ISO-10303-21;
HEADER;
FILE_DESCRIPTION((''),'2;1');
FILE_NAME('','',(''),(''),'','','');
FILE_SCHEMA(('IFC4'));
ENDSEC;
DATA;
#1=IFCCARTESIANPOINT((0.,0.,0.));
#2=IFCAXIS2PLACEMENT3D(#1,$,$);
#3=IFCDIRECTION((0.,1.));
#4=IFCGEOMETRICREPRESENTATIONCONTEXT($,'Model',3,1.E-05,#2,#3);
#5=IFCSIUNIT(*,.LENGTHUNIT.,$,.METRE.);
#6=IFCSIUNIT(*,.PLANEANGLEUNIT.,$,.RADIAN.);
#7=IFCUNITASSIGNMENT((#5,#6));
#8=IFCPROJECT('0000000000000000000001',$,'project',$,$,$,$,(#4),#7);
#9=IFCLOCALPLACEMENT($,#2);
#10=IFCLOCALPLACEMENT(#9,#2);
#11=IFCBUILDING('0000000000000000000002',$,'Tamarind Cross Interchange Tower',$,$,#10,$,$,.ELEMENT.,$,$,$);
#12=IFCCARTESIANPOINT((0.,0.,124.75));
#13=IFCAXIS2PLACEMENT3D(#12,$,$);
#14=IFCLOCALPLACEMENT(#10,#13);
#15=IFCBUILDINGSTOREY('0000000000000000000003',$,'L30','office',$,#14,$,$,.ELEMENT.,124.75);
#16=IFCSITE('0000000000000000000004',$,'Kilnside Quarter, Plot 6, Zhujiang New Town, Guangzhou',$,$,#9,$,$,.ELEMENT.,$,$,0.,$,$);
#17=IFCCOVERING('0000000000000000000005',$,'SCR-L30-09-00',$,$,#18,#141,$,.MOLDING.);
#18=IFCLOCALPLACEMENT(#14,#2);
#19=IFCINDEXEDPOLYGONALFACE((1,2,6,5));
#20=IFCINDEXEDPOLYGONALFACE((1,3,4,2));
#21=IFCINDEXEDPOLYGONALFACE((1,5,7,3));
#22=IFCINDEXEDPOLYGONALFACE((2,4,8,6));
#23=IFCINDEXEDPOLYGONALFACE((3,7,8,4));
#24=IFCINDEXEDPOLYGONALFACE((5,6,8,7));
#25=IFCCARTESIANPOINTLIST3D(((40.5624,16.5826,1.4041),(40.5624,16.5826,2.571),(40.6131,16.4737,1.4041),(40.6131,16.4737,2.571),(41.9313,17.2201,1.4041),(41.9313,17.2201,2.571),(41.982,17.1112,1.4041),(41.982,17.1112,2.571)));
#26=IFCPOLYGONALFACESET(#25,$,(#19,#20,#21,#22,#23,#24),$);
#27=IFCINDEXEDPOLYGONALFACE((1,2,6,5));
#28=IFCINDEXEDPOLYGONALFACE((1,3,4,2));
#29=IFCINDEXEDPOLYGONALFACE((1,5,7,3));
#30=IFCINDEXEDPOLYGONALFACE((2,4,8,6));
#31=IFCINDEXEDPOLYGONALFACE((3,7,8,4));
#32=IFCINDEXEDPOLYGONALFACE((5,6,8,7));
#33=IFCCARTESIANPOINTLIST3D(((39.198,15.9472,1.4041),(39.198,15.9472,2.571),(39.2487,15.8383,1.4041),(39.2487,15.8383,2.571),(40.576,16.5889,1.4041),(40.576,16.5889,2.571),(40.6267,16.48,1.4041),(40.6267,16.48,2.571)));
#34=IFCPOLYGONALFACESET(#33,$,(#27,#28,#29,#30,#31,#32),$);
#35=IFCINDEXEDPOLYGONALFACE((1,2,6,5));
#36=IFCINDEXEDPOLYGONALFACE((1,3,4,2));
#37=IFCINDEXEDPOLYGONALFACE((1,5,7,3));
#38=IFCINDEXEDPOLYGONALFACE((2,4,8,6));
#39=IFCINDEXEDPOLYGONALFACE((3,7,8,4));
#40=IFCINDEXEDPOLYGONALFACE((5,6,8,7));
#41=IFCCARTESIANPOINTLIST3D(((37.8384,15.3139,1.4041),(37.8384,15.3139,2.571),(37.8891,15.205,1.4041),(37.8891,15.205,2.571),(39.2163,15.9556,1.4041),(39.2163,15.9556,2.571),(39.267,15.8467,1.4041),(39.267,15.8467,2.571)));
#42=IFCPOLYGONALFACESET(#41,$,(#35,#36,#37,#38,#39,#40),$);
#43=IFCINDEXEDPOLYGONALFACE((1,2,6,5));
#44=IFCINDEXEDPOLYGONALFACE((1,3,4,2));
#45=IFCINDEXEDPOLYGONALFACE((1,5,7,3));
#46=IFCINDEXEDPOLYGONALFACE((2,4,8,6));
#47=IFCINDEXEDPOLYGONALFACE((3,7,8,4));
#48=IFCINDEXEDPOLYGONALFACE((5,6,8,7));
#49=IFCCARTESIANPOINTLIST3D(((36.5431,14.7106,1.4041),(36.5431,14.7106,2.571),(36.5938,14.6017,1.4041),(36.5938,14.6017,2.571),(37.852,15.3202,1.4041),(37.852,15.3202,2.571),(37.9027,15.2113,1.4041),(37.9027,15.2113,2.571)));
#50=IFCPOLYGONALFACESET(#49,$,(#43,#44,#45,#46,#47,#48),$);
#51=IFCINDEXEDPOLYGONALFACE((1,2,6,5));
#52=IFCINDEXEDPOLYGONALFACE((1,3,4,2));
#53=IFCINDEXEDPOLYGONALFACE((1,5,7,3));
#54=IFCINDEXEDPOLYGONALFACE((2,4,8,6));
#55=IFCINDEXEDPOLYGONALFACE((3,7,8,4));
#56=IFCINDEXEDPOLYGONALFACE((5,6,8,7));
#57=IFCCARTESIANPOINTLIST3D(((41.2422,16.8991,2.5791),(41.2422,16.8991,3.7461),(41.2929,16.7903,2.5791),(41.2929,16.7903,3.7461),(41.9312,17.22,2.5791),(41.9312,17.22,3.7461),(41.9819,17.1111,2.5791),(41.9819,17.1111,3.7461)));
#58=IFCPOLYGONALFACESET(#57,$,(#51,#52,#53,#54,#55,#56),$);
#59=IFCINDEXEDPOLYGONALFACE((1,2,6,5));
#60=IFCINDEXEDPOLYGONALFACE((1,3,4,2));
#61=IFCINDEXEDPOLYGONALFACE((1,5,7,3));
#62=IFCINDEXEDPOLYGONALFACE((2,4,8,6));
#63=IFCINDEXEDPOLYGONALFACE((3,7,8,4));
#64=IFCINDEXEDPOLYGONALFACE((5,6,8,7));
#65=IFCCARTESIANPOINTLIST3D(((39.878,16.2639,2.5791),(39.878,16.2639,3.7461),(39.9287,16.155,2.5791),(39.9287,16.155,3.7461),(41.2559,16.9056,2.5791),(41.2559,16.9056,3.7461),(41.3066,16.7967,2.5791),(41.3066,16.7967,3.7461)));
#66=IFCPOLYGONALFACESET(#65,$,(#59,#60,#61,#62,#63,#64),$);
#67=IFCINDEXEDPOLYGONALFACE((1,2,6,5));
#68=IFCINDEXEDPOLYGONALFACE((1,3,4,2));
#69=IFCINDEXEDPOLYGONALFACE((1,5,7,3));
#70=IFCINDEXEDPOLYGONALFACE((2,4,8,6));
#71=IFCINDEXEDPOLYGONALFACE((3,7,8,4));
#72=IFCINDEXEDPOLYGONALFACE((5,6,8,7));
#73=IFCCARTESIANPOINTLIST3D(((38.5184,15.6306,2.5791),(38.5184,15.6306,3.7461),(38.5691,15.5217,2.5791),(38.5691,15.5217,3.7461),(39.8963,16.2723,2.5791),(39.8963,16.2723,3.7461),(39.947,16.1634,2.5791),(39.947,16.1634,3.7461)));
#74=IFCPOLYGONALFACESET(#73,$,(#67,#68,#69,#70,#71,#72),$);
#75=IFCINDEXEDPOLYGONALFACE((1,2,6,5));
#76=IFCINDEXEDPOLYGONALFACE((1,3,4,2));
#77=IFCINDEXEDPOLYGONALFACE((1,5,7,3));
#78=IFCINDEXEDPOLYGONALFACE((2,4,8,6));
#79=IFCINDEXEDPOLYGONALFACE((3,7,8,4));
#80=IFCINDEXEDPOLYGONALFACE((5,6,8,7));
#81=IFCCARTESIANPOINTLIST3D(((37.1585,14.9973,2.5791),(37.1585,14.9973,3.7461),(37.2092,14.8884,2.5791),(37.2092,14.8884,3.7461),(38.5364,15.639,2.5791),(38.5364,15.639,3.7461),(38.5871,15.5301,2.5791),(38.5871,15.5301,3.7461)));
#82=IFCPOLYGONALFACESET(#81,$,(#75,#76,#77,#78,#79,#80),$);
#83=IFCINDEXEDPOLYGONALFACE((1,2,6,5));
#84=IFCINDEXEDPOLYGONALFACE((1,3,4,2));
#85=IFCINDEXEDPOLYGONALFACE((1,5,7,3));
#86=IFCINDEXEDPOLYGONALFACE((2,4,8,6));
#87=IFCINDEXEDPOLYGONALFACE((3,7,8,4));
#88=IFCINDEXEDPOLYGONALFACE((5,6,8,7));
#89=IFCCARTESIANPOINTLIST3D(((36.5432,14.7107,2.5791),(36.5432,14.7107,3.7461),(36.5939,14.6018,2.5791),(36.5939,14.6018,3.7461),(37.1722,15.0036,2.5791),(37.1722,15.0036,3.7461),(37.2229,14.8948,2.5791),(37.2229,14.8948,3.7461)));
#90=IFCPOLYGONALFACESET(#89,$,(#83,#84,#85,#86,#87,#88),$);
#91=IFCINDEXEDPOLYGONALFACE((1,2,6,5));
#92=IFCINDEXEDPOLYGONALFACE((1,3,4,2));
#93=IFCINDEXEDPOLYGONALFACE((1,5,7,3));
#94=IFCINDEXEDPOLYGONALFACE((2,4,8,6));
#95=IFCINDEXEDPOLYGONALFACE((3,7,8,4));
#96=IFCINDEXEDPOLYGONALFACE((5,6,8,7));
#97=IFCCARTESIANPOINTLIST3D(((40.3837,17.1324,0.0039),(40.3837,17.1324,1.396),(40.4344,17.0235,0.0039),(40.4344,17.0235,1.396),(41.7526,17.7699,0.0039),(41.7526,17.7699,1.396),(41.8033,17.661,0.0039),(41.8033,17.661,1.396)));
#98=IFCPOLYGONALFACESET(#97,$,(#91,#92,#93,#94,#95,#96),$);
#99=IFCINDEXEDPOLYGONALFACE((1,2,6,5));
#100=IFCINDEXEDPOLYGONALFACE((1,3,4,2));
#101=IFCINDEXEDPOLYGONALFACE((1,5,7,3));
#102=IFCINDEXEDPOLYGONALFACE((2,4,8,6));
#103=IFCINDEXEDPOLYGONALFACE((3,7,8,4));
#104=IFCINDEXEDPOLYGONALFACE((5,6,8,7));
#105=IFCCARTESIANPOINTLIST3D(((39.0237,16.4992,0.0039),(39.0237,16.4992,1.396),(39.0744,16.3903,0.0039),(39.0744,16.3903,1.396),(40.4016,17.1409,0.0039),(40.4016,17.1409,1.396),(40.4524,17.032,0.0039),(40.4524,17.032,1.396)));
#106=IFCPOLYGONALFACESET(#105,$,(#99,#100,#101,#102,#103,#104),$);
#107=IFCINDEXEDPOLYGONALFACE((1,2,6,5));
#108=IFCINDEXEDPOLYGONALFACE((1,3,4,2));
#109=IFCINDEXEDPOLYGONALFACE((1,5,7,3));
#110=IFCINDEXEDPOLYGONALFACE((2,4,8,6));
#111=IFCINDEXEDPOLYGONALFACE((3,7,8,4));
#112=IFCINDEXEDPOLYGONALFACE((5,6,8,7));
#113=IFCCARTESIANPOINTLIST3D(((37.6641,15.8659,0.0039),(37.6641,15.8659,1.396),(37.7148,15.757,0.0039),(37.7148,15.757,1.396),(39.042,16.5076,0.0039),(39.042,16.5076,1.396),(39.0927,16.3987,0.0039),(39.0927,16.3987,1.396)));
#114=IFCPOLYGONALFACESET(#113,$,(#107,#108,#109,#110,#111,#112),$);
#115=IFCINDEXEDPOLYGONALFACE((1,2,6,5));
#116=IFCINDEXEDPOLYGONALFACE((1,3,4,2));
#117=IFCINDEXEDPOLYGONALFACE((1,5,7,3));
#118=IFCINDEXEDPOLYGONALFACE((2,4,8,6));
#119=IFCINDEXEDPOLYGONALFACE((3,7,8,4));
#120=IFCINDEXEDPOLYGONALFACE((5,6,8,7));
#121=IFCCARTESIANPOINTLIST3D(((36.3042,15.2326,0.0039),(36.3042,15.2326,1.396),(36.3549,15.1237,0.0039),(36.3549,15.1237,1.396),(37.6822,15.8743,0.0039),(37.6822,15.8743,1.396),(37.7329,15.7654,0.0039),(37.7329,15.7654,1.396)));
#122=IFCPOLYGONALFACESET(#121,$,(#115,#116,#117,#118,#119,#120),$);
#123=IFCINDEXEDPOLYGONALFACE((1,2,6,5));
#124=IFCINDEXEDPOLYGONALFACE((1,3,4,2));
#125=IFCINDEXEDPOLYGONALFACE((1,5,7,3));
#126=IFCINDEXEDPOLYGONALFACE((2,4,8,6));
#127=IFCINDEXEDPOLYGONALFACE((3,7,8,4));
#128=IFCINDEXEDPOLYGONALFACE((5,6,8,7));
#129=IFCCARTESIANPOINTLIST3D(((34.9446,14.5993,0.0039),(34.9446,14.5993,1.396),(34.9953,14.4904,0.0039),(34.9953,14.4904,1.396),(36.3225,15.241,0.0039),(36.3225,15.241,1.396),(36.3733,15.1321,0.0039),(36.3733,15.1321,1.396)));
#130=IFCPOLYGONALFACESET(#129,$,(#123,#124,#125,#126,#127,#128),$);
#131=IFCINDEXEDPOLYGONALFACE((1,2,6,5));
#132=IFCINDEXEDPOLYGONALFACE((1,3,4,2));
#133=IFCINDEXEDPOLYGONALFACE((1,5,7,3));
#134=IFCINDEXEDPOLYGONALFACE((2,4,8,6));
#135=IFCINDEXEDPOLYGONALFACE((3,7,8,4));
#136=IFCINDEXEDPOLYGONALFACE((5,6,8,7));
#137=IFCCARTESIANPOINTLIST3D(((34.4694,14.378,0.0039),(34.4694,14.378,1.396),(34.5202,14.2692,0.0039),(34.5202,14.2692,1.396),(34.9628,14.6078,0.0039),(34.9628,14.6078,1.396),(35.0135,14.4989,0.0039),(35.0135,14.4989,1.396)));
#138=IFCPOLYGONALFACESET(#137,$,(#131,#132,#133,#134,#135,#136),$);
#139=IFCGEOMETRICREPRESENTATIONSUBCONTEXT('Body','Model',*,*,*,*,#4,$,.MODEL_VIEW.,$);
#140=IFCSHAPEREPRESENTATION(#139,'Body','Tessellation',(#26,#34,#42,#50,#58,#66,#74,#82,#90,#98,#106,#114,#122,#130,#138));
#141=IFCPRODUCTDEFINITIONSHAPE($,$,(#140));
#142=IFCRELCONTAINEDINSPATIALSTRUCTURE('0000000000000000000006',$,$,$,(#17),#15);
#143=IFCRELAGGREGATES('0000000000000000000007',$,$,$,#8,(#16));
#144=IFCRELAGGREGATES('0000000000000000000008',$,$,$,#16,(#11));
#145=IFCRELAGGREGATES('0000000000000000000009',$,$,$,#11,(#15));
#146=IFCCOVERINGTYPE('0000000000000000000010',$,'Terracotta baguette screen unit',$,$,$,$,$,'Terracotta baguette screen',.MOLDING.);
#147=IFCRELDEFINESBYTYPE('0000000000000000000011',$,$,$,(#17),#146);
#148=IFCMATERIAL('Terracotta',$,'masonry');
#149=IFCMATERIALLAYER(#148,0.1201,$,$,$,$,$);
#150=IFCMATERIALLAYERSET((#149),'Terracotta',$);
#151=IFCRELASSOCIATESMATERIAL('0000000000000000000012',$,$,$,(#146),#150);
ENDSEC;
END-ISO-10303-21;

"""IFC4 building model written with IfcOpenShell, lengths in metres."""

from ifc_helpers import new_model, si_unit, direction, frame, origin, origin_2d, place, context, subcontext, project, spatial, rectangle, extrude, material, layer, layer_set, type_object, element, save


model = new_model("IFC4")

# Units and contexts
model_context = context("Model", 3, precision=1e-05, world=origin(), true_north=direction((0.0, 1.0)))
body_context = subcontext(model_context, "Body", "Model", "MODEL_VIEW")
ifc_project = project(units=[si_unit("LENGTHUNIT", "METRE"), si_unit("PLANEANGLEUNIT", "RADIAN")], contexts=[model_context])

# Site, building, storey
site_placement = place(None, origin())
site = spatial("IfcSite", under=ifc_project, at=site_placement, Name="Kilnside Quarter, Plot 6, Zhujiang New Town, Guangzhou", CompositionType="ELEMENT", RefElevation=0.0)
building_placement = place(site_placement, origin())
building = spatial("IfcBuilding", under=site, at=building_placement, Name="Tamarind Cross Interchange Tower", CompositionType="ELEMENT")
storey_placement = place(building_placement, frame((0.0, 0.0, 124.75)))
storey = spatial("IfcBuildingStorey", under=building, at=storey_placement, Name="L30", Description="office", CompositionType="ELEMENT", Elevation=124.75)

# Covering
ifc_material_1 = material(Name="Terracotta", Category="masonry")
ifc_layer_1 = layer(ifc_material_1, 0.1201)
ifc_layer_set_1 = layer_set([ifc_layer_1], Name="Terracotta")
covering_type = type_object("IfcCoveringType", Name="Terracotta baguette screen unit", ElementType="Terracotta baguette screen", PredefinedType="MOLDING", material=ifc_layer_set_1)
covering_1_placement = place(storey_placement, origin())
element("IfcCovering", 1, at=covering_1_placement, inside=storey, type_object=covering_type, Name="SCR-L30-09-00", PredefinedType="MOLDING", context=body_context, shape_type="SweptSolid", body=[
    extrude(rectangle(XDim=1.51, YDim=0.1201, at=origin_2d()), frame((41.2722, 16.8469, 1.4041), z_axis=(0.0, 0.0, 1.0), x_axis=(-0.906515, -0.422174, 0.0)), (0.0, 0.0, 1.0), 1.167),
    extrude(rectangle(XDim=1.52, YDim=0.1201, at=origin_2d()), frame((39.9124, 16.2136, 1.4041), z_axis=(0.0, 0.0, 1.0), x_axis=(-0.906515, -0.422174, 0.0)), (0.0, 0.0, 1.0), 1.167),
    extrude(rectangle(XDim=1.52, YDim=0.1201, at=origin_2d()), frame((38.5527, 15.5803, 1.4041), z_axis=(0.0, 0.0, 1.0), x_axis=(-0.906515, -0.422174, 0.0)), (0.0, 0.0, 1.0), 1.167),
    extrude(rectangle(XDim=1.4438, YDim=0.1201, at=origin_2d()), frame((37.2229, 14.9609, 1.4041), z_axis=(0.0, 0.0, 1.0), x_axis=(-0.906515, -0.422174, 0.0)), (0.0, 0.0, 1.0), 1.167),
    extrude(rectangle(XDim=0.76, YDim=0.1201, at=origin_2d()), frame((41.6121, 17.0051, 2.5791), z_axis=(0.0, 0.0, 1.0), x_axis=(-0.906515, -0.422174, 0.0)), (0.0, 0.0, 1.0), 1.167),
    extrude(rectangle(XDim=1.52, YDim=0.1201, at=origin_2d()), frame((40.5923, 16.5303, 2.5791), z_axis=(0.0, 0.0, 1.0), x_axis=(-0.906515, -0.422174, 0.0)), (0.0, 0.0, 1.0), 1.167),
    extrude(rectangle(XDim=1.52, YDim=0.1201, at=origin_2d()), frame((39.2327, 15.897, 2.5791), z_axis=(0.0, 0.0, 1.0), x_axis=(-0.906515, -0.422174, 0.0)), (0.0, 0.0, 1.0), 1.167),
    extrude(rectangle(XDim=1.52, YDim=0.1201, at=origin_2d()), frame((37.8728, 15.2637, 2.5791), z_axis=(0.0, 0.0, 1.0), x_axis=(-0.906515, -0.422174, 0.0)), (0.0, 0.0, 1.0), 1.167),
    extrude(rectangle(XDim=0.6938, YDim=0.1201, at=origin_2d()), frame((36.8831, 14.8027, 2.5791), z_axis=(0.0, 0.0, 1.0), x_axis=(-0.906515, -0.422174, 0.0)), (0.0, 0.0, 1.0), 1.167),
    extrude(rectangle(XDim=1.51, YDim=0.1201, at=origin_2d()), frame((41.0935, 17.3967, 0.0039), z_axis=(0.0, 0.0, 1.0), x_axis=(-0.906515, -0.422174, 0.0)), (0.0, 0.0, 1.0), 1.3921),
    extrude(rectangle(XDim=1.52, YDim=0.1201, at=origin_2d()), frame((39.738, 16.7656, 0.0039), z_axis=(0.0, 0.0, 1.0), x_axis=(-0.906515, -0.422174, 0.0)), (0.0, 0.0, 1.0), 1.3921),
    extrude(rectangle(XDim=1.52, YDim=0.1201, at=origin_2d()), frame((38.3784, 16.1323, 0.0039), z_axis=(0.0, 0.0, 1.0), x_axis=(-0.906515, -0.422174, 0.0)), (0.0, 0.0, 1.0), 1.3921),
    extrude(rectangle(XDim=1.52, YDim=0.1201, at=origin_2d()), frame((37.0186, 15.499, 0.0039), z_axis=(0.0, 0.0, 1.0), x_axis=(-0.906515, -0.422174, 0.0)), (0.0, 0.0, 1.0), 1.3921),
    extrude(rectangle(XDim=1.52, YDim=0.1201, at=origin_2d()), frame((35.6589, 14.8657, 0.0039), z_axis=(0.0, 0.0, 1.0), x_axis=(-0.906515, -0.422174, 0.0)), (0.0, 0.0, 1.0), 1.3921),
    extrude(rectangle(XDim=0.5442, YDim=0.1201, at=origin_2d()), frame((34.7415, 14.4385, 0.0039), z_axis=(0.0, 0.0, 1.0), x_axis=(-0.906515, -0.422174, 0.0)), (0.0, 0.0, 1.0), 1.3921),
])

save(model, "model.ifc")
